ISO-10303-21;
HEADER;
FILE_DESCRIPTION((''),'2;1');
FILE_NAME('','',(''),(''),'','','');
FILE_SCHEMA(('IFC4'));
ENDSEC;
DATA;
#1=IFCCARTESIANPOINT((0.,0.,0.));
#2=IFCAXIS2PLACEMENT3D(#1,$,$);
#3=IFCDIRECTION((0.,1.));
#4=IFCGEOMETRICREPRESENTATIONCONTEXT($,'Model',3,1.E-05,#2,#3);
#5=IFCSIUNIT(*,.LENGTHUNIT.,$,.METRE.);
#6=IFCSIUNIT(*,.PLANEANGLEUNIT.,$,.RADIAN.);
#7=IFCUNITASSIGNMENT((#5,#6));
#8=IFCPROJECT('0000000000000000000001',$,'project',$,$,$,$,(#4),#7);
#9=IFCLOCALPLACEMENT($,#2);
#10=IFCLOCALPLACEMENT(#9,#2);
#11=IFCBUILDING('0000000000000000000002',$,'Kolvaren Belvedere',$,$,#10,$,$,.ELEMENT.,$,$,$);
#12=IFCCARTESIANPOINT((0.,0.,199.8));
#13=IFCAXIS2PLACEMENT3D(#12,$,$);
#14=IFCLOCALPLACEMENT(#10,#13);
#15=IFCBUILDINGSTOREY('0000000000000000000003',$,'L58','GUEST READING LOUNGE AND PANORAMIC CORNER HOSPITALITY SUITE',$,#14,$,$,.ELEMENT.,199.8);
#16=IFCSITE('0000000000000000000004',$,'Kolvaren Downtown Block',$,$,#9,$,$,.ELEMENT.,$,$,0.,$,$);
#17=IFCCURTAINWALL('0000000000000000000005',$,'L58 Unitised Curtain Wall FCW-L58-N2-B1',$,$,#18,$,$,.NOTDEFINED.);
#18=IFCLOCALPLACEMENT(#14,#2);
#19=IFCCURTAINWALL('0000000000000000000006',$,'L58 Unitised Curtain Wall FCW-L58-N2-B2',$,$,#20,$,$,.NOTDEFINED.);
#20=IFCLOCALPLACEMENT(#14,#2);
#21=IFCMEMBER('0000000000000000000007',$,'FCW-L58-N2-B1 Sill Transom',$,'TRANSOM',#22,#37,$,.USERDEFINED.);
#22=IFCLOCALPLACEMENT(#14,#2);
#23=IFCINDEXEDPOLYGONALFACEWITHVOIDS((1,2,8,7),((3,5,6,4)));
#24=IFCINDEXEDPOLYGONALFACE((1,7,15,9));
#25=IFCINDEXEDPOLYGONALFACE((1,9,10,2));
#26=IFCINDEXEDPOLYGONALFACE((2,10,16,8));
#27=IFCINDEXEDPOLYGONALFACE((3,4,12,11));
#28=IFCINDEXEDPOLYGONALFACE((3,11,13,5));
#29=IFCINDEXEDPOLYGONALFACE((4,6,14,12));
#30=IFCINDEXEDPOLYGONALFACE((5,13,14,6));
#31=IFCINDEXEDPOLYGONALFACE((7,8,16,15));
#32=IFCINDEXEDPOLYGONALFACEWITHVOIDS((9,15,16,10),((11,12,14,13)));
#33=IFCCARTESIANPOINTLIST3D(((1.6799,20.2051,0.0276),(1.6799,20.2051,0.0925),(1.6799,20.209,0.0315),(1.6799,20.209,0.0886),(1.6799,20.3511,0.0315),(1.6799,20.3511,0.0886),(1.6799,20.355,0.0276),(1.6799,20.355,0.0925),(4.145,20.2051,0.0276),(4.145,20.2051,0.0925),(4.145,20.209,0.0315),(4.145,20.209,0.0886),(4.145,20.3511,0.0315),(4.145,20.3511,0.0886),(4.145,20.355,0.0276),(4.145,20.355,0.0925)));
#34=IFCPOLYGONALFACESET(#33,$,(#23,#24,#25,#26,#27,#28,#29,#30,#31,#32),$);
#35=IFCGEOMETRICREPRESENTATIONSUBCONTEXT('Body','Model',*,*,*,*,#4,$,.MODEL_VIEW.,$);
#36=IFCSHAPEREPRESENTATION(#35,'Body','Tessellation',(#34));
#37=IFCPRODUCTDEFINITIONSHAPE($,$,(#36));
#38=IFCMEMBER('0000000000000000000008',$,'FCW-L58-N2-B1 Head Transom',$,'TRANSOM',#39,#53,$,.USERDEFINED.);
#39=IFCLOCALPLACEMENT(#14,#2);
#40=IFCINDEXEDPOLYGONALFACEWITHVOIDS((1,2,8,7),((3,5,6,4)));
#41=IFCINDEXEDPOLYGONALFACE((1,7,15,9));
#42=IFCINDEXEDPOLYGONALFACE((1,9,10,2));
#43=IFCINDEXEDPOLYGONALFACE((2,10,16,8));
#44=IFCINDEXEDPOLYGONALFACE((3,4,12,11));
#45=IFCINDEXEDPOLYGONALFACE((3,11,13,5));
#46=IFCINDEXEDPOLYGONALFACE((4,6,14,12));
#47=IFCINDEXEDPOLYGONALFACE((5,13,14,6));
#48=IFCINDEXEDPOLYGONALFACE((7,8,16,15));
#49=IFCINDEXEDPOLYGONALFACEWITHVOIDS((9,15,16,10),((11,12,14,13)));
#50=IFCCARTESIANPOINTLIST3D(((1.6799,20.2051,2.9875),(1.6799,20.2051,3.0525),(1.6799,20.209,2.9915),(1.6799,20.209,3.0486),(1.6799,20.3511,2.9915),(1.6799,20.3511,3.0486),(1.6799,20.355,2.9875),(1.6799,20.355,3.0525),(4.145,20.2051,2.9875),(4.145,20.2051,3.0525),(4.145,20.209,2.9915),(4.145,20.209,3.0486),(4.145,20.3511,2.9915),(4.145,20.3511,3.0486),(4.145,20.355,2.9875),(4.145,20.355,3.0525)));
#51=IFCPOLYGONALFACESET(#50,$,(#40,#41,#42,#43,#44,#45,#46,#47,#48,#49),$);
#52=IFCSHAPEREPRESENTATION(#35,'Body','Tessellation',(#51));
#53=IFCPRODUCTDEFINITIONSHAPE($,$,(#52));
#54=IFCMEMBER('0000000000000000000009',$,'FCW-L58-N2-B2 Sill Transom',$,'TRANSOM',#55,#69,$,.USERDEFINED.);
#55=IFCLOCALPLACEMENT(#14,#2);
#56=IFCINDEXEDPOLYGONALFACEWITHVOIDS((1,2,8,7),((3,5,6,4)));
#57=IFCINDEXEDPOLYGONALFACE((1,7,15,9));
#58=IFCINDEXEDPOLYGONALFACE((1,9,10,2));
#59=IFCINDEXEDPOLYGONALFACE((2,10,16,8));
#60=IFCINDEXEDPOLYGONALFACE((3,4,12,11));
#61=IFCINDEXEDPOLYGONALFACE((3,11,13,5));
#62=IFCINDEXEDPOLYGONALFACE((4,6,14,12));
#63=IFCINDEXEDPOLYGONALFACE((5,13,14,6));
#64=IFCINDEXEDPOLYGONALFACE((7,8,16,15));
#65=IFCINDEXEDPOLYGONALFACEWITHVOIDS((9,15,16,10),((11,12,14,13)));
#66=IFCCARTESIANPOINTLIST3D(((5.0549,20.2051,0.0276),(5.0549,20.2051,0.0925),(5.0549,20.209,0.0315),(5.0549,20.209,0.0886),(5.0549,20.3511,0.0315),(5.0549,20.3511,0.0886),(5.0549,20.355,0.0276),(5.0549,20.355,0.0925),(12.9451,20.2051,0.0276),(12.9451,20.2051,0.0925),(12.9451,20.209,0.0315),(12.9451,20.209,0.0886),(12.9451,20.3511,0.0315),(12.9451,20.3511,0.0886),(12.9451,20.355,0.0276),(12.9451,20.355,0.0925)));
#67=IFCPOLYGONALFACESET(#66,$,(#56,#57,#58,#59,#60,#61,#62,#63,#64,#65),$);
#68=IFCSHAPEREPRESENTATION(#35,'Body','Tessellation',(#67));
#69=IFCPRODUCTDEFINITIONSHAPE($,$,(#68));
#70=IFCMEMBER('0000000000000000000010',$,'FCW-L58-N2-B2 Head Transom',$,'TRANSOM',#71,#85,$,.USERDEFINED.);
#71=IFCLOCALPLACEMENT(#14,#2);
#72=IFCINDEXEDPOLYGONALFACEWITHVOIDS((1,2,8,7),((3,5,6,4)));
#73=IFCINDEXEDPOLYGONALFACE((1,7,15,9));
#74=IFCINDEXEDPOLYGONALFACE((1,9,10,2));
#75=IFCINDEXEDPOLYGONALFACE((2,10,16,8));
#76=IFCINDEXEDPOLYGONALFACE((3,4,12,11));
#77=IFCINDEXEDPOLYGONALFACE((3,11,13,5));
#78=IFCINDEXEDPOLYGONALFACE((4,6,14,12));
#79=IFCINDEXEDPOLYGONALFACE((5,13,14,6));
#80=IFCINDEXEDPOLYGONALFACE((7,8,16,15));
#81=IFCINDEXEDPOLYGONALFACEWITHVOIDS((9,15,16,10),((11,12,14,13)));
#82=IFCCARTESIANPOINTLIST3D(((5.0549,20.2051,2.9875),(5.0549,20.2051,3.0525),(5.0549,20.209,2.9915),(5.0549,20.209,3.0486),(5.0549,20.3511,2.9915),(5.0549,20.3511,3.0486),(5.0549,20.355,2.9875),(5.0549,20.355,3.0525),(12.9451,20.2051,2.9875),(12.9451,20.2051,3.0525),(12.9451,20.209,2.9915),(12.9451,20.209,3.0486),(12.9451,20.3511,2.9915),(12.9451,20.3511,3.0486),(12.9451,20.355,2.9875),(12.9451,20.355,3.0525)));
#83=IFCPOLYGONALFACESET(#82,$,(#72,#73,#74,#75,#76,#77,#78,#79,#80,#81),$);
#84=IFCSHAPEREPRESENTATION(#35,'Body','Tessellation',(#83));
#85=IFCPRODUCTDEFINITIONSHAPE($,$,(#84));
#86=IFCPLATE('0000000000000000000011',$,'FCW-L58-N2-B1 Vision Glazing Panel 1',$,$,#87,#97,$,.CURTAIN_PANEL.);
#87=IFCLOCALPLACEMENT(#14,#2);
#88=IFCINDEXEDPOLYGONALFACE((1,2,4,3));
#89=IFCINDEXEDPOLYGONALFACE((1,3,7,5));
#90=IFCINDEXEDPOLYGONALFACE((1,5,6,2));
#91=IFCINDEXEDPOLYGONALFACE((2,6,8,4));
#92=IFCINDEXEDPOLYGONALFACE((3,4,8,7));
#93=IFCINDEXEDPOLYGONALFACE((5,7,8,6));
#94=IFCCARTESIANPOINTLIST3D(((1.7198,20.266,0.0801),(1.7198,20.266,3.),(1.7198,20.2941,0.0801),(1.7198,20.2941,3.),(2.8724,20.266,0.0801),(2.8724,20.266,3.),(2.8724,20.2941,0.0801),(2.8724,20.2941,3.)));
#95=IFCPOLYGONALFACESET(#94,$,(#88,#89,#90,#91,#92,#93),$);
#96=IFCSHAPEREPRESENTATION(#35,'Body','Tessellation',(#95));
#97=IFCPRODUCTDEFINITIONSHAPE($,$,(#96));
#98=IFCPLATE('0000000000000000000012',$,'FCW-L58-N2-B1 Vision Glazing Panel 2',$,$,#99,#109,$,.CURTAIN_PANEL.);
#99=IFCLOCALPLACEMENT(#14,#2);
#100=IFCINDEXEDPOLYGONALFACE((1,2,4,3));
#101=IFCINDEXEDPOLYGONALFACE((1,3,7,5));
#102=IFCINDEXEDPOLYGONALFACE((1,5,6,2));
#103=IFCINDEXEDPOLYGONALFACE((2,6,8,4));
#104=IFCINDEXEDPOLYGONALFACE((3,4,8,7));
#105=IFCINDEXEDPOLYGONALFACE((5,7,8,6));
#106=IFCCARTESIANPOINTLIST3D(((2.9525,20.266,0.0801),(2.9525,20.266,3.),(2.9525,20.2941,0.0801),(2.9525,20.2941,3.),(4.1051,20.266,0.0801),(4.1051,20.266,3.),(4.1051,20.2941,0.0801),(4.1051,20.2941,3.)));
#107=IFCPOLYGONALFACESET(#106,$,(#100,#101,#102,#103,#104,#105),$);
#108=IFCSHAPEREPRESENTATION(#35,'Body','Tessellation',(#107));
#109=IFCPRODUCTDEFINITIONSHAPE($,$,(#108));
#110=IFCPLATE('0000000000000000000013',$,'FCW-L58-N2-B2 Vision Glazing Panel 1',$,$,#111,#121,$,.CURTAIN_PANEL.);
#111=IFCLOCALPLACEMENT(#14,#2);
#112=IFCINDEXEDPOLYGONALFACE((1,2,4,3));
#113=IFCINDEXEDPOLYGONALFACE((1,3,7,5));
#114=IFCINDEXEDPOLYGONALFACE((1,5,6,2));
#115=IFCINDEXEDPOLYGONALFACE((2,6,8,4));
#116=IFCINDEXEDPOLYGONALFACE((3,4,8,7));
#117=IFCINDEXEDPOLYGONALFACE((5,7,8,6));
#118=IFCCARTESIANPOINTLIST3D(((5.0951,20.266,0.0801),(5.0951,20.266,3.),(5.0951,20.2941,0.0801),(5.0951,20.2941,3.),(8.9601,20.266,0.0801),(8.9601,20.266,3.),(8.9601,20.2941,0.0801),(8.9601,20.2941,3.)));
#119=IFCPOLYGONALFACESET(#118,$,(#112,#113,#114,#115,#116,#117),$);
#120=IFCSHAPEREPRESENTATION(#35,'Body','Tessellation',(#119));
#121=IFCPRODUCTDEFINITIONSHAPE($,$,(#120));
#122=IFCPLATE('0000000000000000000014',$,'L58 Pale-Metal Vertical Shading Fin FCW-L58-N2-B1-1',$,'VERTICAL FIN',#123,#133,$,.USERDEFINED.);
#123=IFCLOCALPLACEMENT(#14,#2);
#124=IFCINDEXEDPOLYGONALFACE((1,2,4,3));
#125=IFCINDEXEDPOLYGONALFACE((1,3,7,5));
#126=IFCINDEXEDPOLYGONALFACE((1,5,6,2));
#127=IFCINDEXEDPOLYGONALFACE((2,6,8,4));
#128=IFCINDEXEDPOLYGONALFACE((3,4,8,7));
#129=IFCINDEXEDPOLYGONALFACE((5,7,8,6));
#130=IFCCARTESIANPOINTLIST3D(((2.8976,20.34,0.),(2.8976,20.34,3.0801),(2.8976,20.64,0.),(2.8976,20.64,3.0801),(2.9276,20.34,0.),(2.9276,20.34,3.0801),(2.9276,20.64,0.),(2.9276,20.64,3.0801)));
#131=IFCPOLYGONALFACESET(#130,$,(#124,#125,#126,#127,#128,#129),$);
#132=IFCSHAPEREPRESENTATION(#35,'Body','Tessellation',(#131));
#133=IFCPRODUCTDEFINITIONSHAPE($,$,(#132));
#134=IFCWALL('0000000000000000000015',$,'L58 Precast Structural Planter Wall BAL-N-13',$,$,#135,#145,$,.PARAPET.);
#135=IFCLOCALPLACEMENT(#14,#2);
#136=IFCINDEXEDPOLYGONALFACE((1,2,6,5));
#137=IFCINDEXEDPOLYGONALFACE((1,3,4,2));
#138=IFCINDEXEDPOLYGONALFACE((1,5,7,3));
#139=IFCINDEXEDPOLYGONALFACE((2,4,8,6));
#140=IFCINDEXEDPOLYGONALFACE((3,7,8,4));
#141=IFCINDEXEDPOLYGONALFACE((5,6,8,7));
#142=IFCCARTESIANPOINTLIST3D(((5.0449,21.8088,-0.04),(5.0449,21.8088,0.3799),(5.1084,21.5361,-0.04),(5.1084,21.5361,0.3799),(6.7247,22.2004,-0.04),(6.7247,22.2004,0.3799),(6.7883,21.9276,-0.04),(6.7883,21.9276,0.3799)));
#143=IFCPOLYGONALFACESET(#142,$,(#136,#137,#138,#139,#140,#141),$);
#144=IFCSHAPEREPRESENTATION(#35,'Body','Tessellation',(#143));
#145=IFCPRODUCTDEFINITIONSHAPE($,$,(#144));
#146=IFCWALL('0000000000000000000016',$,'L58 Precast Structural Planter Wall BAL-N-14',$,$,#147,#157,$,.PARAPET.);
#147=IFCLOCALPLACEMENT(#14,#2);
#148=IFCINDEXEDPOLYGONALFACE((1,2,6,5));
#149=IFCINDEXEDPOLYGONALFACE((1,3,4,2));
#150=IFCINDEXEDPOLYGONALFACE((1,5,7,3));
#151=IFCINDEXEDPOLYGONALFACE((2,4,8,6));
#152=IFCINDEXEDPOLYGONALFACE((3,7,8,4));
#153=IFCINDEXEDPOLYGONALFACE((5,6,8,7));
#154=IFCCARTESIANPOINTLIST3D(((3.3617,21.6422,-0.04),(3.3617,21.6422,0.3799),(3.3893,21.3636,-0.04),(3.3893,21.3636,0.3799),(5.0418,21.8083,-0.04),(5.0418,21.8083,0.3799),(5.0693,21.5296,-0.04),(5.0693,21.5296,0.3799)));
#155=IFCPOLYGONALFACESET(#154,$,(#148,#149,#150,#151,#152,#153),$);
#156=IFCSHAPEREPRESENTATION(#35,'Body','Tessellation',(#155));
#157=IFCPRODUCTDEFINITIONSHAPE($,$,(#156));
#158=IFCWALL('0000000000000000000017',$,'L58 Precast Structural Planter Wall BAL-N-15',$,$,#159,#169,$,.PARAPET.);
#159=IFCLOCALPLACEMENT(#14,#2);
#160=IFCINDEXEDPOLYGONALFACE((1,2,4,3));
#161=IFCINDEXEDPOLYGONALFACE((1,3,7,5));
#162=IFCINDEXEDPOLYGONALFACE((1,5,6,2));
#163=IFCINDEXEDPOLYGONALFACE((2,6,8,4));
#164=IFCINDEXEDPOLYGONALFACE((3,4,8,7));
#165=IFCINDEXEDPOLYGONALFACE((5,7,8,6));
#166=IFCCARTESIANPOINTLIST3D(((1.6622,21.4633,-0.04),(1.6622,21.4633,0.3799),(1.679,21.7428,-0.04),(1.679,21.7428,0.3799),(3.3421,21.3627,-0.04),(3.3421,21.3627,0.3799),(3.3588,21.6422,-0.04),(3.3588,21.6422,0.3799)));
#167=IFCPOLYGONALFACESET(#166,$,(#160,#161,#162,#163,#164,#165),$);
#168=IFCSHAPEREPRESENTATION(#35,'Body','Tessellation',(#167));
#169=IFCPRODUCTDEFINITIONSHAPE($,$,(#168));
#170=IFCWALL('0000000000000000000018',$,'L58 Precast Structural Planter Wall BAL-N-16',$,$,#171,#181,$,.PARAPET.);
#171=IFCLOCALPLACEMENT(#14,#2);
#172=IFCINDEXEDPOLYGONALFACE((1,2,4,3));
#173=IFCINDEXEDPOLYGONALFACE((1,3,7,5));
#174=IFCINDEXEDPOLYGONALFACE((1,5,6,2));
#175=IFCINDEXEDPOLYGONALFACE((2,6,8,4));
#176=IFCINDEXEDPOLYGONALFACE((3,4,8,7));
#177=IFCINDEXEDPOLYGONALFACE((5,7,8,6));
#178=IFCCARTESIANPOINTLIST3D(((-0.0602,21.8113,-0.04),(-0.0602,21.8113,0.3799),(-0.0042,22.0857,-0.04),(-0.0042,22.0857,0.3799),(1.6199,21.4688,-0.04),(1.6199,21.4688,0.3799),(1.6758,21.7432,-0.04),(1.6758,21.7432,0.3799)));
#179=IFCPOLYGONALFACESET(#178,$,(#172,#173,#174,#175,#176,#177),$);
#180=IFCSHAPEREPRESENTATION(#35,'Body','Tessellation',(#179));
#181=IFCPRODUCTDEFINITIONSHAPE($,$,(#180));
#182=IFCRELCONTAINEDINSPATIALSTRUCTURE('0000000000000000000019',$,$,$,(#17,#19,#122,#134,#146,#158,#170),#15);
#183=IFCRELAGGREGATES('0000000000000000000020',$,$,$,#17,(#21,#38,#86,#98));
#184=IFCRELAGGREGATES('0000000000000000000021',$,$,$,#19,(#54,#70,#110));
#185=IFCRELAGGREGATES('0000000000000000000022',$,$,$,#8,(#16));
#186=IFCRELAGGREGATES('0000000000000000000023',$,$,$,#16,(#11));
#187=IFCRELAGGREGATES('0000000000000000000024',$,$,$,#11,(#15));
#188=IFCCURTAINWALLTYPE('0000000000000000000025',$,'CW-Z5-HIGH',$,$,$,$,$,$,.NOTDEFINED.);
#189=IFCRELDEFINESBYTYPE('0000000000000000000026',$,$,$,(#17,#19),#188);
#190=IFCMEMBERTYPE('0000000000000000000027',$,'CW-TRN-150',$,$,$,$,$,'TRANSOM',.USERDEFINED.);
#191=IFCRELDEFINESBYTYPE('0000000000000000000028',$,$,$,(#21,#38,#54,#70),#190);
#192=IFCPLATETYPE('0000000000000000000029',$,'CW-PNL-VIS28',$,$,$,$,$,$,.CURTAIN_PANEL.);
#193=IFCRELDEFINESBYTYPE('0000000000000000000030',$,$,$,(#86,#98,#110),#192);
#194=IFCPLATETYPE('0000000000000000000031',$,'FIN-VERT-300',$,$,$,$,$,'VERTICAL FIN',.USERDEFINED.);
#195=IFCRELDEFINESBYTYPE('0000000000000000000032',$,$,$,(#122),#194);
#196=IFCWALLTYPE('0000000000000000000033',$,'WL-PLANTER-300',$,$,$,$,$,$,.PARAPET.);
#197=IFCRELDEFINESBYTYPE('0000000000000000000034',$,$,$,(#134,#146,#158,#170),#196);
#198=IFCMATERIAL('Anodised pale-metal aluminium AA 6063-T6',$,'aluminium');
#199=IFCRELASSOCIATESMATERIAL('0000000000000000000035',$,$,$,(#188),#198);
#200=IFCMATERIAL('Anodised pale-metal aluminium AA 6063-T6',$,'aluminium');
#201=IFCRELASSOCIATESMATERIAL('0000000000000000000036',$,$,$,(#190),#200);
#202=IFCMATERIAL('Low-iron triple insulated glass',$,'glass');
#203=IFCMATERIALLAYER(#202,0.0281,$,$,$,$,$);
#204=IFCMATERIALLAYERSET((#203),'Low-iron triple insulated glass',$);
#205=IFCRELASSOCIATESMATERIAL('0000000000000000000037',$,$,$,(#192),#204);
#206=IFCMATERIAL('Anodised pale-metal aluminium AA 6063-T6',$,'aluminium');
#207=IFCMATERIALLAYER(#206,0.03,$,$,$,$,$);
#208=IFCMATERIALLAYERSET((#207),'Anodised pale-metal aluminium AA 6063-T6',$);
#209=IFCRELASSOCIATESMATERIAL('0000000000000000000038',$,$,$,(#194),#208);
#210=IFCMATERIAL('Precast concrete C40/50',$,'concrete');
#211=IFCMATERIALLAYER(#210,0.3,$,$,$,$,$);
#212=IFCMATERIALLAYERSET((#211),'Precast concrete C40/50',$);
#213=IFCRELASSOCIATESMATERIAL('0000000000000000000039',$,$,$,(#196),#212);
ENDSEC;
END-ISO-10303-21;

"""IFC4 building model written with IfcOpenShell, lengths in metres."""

from ifc_helpers import new_model, si_unit, direction, frame, frame_2d, origin, origin_2d, place, context, subcontext, project, spatial, rectangle, hollow_rectangle, extrude, material, layer, layer_set, material_profile, profile_set, type_object, element, aggregate, save


model = new_model("IFC4")

# Units and contexts
model_context = context("Model", 3, precision=1e-05, world=origin(), true_north=direction((0.0, 1.0)))
body_context = subcontext(model_context, "Body", "Model", "MODEL_VIEW")
ifc_project = project(units=[si_unit("LENGTHUNIT", "METRE"), si_unit("PLANEANGLEUNIT", "RADIAN")], contexts=[model_context])

# Site, building, storey
site_placement = place(None, origin())
site = spatial("IfcSite", under=ifc_project, at=site_placement, Name="Kolvaren Downtown Block", CompositionType="ELEMENT", RefElevation=0.0)
building_placement = place(site_placement, origin())
building = spatial("IfcBuilding", under=site, at=building_placement, Name="Kolvaren Belvedere", CompositionType="ELEMENT")
storey_placement = place(building_placement, frame((0.0, 0.0, 199.8)))
storey = spatial("IfcBuildingStorey", under=building, at=storey_placement, Name="L58", Description="GUEST READING LOUNGE AND PANORAMIC CORNER HOSPITALITY SUITE", CompositionType="ELEMENT", Elevation=199.8)

# Curtain wall
ifc_material_1 = material(Name="Anodised pale-metal aluminium AA 6063-T6", Category="aluminium")
curtain_wall_type = type_object("IfcCurtainWallType", Name="CW-Z5-HIGH", PredefinedType="NOTDEFINED", material=ifc_material_1)
curtain_wall_1_placement = place(storey_placement, origin())
curtain_wall_1 = element("IfcCurtainWall", 1, at=curtain_wall_1_placement, inside=storey, type_object=curtain_wall_type, Name="L58 Unitised Curtain Wall FCW-L58-N2-B1", PredefinedType="NOTDEFINED")

# Curtain wall
curtain_wall_2_placement = place(storey_placement, origin())
curtain_wall_2 = element("IfcCurtainWall", 2, at=curtain_wall_2_placement, inside=storey, type_object=curtain_wall_type, Name="L58 Unitised Curtain Wall FCW-L58-N2-B2", PredefinedType="NOTDEFINED")

# Members
ifc_material_2 = material(Name="Anodised pale-metal aluminium AA 6063-T6", Category="aluminium")
ifc_material_profile_1 = material_profile(ifc_material_2, hollow_rectangle(XDim=0.0649, YDim=0.1499, WallThickness=0.0039, at=origin_2d()), Name="ALU-TRN-150X65")
ifc_profile_set_1 = profile_set([ifc_material_profile_1], Name="Anodised pale-metal aluminium AA 6063-T6")
member_type_1 = type_object("IfcMemberType", Name="CW-TRN-150", ElementType="TRANSOM", PredefinedType="USERDEFINED", material=ifc_profile_set_1)
member_1_placement = place(storey_placement, frame((1.6799, 20.28, 0.0601), z_axis=(1.0, 0.0, 0.0), x_axis=(0.0, 0.0, 1.0)))
member_1 = element("IfcMember", 3, at=member_1_placement, type_object=member_type_1, Name="FCW-L58-N2-B1 Sill Transom", ObjectType="TRANSOM", PredefinedType="USERDEFINED", context=body_context, shape_type="SweptSolid", body=[
    extrude(hollow_rectangle(XDim=0.0649, YDim=0.1499, WallThickness=0.0039, at=origin_2d()), origin(), (0.0, 0.0, 1.0), 2.4651),
])
member_2_placement = place(storey_placement, frame((1.6799, 20.28, 3.02), z_axis=(1.0, 0.0, 0.0), x_axis=(0.0, 0.0, 1.0)))
member_2 = element("IfcMember", 4, at=member_2_placement, type_object=member_type_1, Name="FCW-L58-N2-B1 Head Transom", ObjectType="TRANSOM", PredefinedType="USERDEFINED", context=body_context, shape_type="SweptSolid", body=[
    extrude(hollow_rectangle(XDim=0.0649, YDim=0.1499, WallThickness=0.0039, at=origin_2d()), origin(), (0.0, 0.0, 1.0), 2.4651),
])
member_3_placement = place(storey_placement, frame((5.0549, 20.28, 0.0601), z_axis=(1.0, 0.0, 0.0), x_axis=(0.0, 0.0, 1.0)))
member_3 = element("IfcMember", 5, at=member_3_placement, type_object=member_type_1, Name="FCW-L58-N2-B2 Sill Transom", ObjectType="TRANSOM", PredefinedType="USERDEFINED", context=body_context, shape_type="SweptSolid", body=[
    extrude(hollow_rectangle(XDim=0.0649, YDim=0.1499, WallThickness=0.0039, at=origin_2d()), origin(), (0.0, 0.0, 1.0), 7.8901),
])
member_4_placement = place(storey_placement, frame((5.0549, 20.28, 3.02), z_axis=(1.0, 0.0, 0.0), x_axis=(0.0, 0.0, 1.0)))
member_4 = element("IfcMember", 6, at=member_4_placement, type_object=member_type_1, Name="FCW-L58-N2-B2 Head Transom", ObjectType="TRANSOM", PredefinedType="USERDEFINED", context=body_context, shape_type="SweptSolid", body=[
    extrude(hollow_rectangle(XDim=0.0649, YDim=0.1499, WallThickness=0.0039, at=origin_2d()), origin(), (0.0, 0.0, 1.0), 7.8901),
])

# Plates
ifc_material_3 = material(Name="Low-iron triple insulated glass", Category="glass")
ifc_layer_1 = layer(ifc_material_3, 0.0281)
ifc_layer_set_1 = layer_set([ifc_layer_1], Name="Low-iron triple insulated glass")
plate_type_1 = type_object("IfcPlateType", Name="CW-PNL-VIS28", PredefinedType="CURTAIN_PANEL", material=ifc_layer_set_1)
plate_1_placement = place(storey_placement, frame((2.2961, 20.28, 0.0801), z_axis=(0.0, 0.0, 1.0), x_axis=(1.0, 0.0, 0.0)))
plate_1 = element("IfcPlate", 7, at=plate_1_placement, type_object=plate_type_1, Name="FCW-L58-N2-B1 Vision Glazing Panel 1", PredefinedType="CURTAIN_PANEL", context=body_context, shape_type="SweptSolid", body=[
    extrude(rectangle(XDim=1.1526, YDim=0.0281, at=origin_2d()), origin(), (0.0, 0.0, 1.0), 2.9199),
])
plate_2_placement = place(storey_placement, frame((3.5288, 20.28, 0.0801), z_axis=(0.0, 0.0, 1.0), x_axis=(1.0, 0.0, 0.0)))
plate_2 = element("IfcPlate", 8, at=plate_2_placement, type_object=plate_type_1, Name="FCW-L58-N2-B1 Vision Glazing Panel 2", PredefinedType="CURTAIN_PANEL", context=body_context, shape_type="SweptSolid", body=[
    extrude(rectangle(XDim=1.1526, YDim=0.0281, at=origin_2d()), origin(), (0.0, 0.0, 1.0), 2.9199),
])
aggregate(curtain_wall_1, [member_1, member_2, plate_1, plate_2])
plate_3_placement = place(storey_placement, frame((7.0276, 20.28, 0.0801), z_axis=(0.0, 0.0, 1.0), x_axis=(1.0, 0.0, 0.0)))
plate_3 = element("IfcPlate", 9, at=plate_3_placement, type_object=plate_type_1, Name="FCW-L58-N2-B2 Vision Glazing Panel 1", PredefinedType="CURTAIN_PANEL", context=body_context, shape_type="SweptSolid", body=[
    extrude(rectangle(XDim=3.865, YDim=0.0281, at=origin_2d()), origin(), (0.0, 0.0, 1.0), 2.9199),
])
aggregate(curtain_wall_2, [member_3, member_4, plate_3])
ifc_material_4 = material(Name="Anodised pale-metal aluminium AA 6063-T6", Category="aluminium")
ifc_layer_2 = layer(ifc_material_4, 0.03)
ifc_layer_set_2 = layer_set([ifc_layer_2], Name="Anodised pale-metal aluminium AA 6063-T6")
plate_type_2 = type_object("IfcPlateType", Name="FIN-VERT-300", ElementType="VERTICAL FIN", PredefinedType="USERDEFINED", material=ifc_layer_set_2)
plate_4_placement = place(storey_placement, frame((2.9126, 20.49, 0.0), z_axis=(0.0, 0.0, 1.0), x_axis=(0.0, 1.0, 0.0)))
element("IfcPlate", 10, at=plate_4_placement, inside=storey, type_object=plate_type_2, Name="L58 Pale-Metal Vertical Shading Fin FCW-L58-N2-B1-1", ObjectType="VERTICAL FIN", PredefinedType="USERDEFINED", context=body_context, shape_type="SweptSolid", body=[
    extrude(rectangle(XDim=0.3, YDim=0.03, at=origin_2d()), origin(), (0.0, 0.0, 1.0), 3.0801),
])

# Walls
ifc_material_5 = material(Name="Precast concrete C40/50", Category="concrete")
ifc_layer_3 = layer(ifc_material_5, 0.3)
ifc_layer_set_3 = layer_set([ifc_layer_3], Name="Precast concrete C40/50")
wall_type = type_object("IfcWallType", Name="WL-PLANTER-300", PredefinedType="PARAPET", material=ifc_layer_set_3)
wall_1_placement = place(storey_placement, frame((6.7563, 22.064, -0.04), z_axis=(0.0, 0.0, 1.0), x_axis=(-0.97389, -0.227019, 0.0)))
element("IfcWall", 11, at=wall_1_placement, inside=storey, type_object=wall_type, Name="L58 Precast Structural Planter Wall BAL-N-13", PredefinedType="PARAPET", context=body_context, shape_type="SweptSolid", body=[
    extrude(rectangle(XDim=1.7249, YDim=0.28, at=frame_2d((0.8623, 0.0))), origin(), (0.0, 0.0, 1.0), 0.4199),
])
wall_2_placement = place(storey_placement, frame((5.0557, 21.6689, -0.04), z_axis=(0.0, 0.0, 1.0), x_axis=(-0.995152, -0.098344, 0.0)))
element("IfcWall", 12, at=wall_2_placement, inside=storey, type_object=wall_type, Name="L58 Precast Structural Planter Wall BAL-N-14", PredefinedType="PARAPET", context=body_context, shape_type="SweptSolid", body=[
    extrude(rectangle(XDim=1.6882, YDim=0.28, at=frame_2d((0.8442, 0.0))), origin(), (0.0, 0.0, 1.0), 0.4199),
])
wall_3_placement = place(storey_placement, frame((3.3503, 21.5024, -0.04), z_axis=(0.0, 0.0, 1.0), x_axis=(-0.998212, 0.059768, 0.0)))
element("IfcWall", 13, at=wall_3_placement, inside=storey, type_object=wall_type, Name="L58 Precast Structural Planter Wall BAL-N-15", PredefinedType="PARAPET", context=body_context, shape_type="SweptSolid", body=[
    extrude(rectangle(XDim=1.6829, YDim=0.28, at=frame_2d((0.8413, 0.0))), origin(), (0.0, 0.0, 1.0), 0.4199),
])
wall_4_placement = place(storey_placement, frame((1.6479, 21.606, -0.04), z_axis=(0.0, 0.0, 1.0), x_axis=(-0.97984, 0.199784, 0.0)))
element("IfcWall", 14, at=wall_4_placement, inside=storey, type_object=wall_type, Name="L58 Precast Structural Planter Wall BAL-N-16", PredefinedType="PARAPET", context=body_context, shape_type="SweptSolid", body=[
    extrude(rectangle(XDim=1.7146, YDim=0.28, at=frame_2d((0.8574, 0.0))), origin(), (0.0, 0.0, 1.0), 0.4199),
])

save(model, "model.ifc")
